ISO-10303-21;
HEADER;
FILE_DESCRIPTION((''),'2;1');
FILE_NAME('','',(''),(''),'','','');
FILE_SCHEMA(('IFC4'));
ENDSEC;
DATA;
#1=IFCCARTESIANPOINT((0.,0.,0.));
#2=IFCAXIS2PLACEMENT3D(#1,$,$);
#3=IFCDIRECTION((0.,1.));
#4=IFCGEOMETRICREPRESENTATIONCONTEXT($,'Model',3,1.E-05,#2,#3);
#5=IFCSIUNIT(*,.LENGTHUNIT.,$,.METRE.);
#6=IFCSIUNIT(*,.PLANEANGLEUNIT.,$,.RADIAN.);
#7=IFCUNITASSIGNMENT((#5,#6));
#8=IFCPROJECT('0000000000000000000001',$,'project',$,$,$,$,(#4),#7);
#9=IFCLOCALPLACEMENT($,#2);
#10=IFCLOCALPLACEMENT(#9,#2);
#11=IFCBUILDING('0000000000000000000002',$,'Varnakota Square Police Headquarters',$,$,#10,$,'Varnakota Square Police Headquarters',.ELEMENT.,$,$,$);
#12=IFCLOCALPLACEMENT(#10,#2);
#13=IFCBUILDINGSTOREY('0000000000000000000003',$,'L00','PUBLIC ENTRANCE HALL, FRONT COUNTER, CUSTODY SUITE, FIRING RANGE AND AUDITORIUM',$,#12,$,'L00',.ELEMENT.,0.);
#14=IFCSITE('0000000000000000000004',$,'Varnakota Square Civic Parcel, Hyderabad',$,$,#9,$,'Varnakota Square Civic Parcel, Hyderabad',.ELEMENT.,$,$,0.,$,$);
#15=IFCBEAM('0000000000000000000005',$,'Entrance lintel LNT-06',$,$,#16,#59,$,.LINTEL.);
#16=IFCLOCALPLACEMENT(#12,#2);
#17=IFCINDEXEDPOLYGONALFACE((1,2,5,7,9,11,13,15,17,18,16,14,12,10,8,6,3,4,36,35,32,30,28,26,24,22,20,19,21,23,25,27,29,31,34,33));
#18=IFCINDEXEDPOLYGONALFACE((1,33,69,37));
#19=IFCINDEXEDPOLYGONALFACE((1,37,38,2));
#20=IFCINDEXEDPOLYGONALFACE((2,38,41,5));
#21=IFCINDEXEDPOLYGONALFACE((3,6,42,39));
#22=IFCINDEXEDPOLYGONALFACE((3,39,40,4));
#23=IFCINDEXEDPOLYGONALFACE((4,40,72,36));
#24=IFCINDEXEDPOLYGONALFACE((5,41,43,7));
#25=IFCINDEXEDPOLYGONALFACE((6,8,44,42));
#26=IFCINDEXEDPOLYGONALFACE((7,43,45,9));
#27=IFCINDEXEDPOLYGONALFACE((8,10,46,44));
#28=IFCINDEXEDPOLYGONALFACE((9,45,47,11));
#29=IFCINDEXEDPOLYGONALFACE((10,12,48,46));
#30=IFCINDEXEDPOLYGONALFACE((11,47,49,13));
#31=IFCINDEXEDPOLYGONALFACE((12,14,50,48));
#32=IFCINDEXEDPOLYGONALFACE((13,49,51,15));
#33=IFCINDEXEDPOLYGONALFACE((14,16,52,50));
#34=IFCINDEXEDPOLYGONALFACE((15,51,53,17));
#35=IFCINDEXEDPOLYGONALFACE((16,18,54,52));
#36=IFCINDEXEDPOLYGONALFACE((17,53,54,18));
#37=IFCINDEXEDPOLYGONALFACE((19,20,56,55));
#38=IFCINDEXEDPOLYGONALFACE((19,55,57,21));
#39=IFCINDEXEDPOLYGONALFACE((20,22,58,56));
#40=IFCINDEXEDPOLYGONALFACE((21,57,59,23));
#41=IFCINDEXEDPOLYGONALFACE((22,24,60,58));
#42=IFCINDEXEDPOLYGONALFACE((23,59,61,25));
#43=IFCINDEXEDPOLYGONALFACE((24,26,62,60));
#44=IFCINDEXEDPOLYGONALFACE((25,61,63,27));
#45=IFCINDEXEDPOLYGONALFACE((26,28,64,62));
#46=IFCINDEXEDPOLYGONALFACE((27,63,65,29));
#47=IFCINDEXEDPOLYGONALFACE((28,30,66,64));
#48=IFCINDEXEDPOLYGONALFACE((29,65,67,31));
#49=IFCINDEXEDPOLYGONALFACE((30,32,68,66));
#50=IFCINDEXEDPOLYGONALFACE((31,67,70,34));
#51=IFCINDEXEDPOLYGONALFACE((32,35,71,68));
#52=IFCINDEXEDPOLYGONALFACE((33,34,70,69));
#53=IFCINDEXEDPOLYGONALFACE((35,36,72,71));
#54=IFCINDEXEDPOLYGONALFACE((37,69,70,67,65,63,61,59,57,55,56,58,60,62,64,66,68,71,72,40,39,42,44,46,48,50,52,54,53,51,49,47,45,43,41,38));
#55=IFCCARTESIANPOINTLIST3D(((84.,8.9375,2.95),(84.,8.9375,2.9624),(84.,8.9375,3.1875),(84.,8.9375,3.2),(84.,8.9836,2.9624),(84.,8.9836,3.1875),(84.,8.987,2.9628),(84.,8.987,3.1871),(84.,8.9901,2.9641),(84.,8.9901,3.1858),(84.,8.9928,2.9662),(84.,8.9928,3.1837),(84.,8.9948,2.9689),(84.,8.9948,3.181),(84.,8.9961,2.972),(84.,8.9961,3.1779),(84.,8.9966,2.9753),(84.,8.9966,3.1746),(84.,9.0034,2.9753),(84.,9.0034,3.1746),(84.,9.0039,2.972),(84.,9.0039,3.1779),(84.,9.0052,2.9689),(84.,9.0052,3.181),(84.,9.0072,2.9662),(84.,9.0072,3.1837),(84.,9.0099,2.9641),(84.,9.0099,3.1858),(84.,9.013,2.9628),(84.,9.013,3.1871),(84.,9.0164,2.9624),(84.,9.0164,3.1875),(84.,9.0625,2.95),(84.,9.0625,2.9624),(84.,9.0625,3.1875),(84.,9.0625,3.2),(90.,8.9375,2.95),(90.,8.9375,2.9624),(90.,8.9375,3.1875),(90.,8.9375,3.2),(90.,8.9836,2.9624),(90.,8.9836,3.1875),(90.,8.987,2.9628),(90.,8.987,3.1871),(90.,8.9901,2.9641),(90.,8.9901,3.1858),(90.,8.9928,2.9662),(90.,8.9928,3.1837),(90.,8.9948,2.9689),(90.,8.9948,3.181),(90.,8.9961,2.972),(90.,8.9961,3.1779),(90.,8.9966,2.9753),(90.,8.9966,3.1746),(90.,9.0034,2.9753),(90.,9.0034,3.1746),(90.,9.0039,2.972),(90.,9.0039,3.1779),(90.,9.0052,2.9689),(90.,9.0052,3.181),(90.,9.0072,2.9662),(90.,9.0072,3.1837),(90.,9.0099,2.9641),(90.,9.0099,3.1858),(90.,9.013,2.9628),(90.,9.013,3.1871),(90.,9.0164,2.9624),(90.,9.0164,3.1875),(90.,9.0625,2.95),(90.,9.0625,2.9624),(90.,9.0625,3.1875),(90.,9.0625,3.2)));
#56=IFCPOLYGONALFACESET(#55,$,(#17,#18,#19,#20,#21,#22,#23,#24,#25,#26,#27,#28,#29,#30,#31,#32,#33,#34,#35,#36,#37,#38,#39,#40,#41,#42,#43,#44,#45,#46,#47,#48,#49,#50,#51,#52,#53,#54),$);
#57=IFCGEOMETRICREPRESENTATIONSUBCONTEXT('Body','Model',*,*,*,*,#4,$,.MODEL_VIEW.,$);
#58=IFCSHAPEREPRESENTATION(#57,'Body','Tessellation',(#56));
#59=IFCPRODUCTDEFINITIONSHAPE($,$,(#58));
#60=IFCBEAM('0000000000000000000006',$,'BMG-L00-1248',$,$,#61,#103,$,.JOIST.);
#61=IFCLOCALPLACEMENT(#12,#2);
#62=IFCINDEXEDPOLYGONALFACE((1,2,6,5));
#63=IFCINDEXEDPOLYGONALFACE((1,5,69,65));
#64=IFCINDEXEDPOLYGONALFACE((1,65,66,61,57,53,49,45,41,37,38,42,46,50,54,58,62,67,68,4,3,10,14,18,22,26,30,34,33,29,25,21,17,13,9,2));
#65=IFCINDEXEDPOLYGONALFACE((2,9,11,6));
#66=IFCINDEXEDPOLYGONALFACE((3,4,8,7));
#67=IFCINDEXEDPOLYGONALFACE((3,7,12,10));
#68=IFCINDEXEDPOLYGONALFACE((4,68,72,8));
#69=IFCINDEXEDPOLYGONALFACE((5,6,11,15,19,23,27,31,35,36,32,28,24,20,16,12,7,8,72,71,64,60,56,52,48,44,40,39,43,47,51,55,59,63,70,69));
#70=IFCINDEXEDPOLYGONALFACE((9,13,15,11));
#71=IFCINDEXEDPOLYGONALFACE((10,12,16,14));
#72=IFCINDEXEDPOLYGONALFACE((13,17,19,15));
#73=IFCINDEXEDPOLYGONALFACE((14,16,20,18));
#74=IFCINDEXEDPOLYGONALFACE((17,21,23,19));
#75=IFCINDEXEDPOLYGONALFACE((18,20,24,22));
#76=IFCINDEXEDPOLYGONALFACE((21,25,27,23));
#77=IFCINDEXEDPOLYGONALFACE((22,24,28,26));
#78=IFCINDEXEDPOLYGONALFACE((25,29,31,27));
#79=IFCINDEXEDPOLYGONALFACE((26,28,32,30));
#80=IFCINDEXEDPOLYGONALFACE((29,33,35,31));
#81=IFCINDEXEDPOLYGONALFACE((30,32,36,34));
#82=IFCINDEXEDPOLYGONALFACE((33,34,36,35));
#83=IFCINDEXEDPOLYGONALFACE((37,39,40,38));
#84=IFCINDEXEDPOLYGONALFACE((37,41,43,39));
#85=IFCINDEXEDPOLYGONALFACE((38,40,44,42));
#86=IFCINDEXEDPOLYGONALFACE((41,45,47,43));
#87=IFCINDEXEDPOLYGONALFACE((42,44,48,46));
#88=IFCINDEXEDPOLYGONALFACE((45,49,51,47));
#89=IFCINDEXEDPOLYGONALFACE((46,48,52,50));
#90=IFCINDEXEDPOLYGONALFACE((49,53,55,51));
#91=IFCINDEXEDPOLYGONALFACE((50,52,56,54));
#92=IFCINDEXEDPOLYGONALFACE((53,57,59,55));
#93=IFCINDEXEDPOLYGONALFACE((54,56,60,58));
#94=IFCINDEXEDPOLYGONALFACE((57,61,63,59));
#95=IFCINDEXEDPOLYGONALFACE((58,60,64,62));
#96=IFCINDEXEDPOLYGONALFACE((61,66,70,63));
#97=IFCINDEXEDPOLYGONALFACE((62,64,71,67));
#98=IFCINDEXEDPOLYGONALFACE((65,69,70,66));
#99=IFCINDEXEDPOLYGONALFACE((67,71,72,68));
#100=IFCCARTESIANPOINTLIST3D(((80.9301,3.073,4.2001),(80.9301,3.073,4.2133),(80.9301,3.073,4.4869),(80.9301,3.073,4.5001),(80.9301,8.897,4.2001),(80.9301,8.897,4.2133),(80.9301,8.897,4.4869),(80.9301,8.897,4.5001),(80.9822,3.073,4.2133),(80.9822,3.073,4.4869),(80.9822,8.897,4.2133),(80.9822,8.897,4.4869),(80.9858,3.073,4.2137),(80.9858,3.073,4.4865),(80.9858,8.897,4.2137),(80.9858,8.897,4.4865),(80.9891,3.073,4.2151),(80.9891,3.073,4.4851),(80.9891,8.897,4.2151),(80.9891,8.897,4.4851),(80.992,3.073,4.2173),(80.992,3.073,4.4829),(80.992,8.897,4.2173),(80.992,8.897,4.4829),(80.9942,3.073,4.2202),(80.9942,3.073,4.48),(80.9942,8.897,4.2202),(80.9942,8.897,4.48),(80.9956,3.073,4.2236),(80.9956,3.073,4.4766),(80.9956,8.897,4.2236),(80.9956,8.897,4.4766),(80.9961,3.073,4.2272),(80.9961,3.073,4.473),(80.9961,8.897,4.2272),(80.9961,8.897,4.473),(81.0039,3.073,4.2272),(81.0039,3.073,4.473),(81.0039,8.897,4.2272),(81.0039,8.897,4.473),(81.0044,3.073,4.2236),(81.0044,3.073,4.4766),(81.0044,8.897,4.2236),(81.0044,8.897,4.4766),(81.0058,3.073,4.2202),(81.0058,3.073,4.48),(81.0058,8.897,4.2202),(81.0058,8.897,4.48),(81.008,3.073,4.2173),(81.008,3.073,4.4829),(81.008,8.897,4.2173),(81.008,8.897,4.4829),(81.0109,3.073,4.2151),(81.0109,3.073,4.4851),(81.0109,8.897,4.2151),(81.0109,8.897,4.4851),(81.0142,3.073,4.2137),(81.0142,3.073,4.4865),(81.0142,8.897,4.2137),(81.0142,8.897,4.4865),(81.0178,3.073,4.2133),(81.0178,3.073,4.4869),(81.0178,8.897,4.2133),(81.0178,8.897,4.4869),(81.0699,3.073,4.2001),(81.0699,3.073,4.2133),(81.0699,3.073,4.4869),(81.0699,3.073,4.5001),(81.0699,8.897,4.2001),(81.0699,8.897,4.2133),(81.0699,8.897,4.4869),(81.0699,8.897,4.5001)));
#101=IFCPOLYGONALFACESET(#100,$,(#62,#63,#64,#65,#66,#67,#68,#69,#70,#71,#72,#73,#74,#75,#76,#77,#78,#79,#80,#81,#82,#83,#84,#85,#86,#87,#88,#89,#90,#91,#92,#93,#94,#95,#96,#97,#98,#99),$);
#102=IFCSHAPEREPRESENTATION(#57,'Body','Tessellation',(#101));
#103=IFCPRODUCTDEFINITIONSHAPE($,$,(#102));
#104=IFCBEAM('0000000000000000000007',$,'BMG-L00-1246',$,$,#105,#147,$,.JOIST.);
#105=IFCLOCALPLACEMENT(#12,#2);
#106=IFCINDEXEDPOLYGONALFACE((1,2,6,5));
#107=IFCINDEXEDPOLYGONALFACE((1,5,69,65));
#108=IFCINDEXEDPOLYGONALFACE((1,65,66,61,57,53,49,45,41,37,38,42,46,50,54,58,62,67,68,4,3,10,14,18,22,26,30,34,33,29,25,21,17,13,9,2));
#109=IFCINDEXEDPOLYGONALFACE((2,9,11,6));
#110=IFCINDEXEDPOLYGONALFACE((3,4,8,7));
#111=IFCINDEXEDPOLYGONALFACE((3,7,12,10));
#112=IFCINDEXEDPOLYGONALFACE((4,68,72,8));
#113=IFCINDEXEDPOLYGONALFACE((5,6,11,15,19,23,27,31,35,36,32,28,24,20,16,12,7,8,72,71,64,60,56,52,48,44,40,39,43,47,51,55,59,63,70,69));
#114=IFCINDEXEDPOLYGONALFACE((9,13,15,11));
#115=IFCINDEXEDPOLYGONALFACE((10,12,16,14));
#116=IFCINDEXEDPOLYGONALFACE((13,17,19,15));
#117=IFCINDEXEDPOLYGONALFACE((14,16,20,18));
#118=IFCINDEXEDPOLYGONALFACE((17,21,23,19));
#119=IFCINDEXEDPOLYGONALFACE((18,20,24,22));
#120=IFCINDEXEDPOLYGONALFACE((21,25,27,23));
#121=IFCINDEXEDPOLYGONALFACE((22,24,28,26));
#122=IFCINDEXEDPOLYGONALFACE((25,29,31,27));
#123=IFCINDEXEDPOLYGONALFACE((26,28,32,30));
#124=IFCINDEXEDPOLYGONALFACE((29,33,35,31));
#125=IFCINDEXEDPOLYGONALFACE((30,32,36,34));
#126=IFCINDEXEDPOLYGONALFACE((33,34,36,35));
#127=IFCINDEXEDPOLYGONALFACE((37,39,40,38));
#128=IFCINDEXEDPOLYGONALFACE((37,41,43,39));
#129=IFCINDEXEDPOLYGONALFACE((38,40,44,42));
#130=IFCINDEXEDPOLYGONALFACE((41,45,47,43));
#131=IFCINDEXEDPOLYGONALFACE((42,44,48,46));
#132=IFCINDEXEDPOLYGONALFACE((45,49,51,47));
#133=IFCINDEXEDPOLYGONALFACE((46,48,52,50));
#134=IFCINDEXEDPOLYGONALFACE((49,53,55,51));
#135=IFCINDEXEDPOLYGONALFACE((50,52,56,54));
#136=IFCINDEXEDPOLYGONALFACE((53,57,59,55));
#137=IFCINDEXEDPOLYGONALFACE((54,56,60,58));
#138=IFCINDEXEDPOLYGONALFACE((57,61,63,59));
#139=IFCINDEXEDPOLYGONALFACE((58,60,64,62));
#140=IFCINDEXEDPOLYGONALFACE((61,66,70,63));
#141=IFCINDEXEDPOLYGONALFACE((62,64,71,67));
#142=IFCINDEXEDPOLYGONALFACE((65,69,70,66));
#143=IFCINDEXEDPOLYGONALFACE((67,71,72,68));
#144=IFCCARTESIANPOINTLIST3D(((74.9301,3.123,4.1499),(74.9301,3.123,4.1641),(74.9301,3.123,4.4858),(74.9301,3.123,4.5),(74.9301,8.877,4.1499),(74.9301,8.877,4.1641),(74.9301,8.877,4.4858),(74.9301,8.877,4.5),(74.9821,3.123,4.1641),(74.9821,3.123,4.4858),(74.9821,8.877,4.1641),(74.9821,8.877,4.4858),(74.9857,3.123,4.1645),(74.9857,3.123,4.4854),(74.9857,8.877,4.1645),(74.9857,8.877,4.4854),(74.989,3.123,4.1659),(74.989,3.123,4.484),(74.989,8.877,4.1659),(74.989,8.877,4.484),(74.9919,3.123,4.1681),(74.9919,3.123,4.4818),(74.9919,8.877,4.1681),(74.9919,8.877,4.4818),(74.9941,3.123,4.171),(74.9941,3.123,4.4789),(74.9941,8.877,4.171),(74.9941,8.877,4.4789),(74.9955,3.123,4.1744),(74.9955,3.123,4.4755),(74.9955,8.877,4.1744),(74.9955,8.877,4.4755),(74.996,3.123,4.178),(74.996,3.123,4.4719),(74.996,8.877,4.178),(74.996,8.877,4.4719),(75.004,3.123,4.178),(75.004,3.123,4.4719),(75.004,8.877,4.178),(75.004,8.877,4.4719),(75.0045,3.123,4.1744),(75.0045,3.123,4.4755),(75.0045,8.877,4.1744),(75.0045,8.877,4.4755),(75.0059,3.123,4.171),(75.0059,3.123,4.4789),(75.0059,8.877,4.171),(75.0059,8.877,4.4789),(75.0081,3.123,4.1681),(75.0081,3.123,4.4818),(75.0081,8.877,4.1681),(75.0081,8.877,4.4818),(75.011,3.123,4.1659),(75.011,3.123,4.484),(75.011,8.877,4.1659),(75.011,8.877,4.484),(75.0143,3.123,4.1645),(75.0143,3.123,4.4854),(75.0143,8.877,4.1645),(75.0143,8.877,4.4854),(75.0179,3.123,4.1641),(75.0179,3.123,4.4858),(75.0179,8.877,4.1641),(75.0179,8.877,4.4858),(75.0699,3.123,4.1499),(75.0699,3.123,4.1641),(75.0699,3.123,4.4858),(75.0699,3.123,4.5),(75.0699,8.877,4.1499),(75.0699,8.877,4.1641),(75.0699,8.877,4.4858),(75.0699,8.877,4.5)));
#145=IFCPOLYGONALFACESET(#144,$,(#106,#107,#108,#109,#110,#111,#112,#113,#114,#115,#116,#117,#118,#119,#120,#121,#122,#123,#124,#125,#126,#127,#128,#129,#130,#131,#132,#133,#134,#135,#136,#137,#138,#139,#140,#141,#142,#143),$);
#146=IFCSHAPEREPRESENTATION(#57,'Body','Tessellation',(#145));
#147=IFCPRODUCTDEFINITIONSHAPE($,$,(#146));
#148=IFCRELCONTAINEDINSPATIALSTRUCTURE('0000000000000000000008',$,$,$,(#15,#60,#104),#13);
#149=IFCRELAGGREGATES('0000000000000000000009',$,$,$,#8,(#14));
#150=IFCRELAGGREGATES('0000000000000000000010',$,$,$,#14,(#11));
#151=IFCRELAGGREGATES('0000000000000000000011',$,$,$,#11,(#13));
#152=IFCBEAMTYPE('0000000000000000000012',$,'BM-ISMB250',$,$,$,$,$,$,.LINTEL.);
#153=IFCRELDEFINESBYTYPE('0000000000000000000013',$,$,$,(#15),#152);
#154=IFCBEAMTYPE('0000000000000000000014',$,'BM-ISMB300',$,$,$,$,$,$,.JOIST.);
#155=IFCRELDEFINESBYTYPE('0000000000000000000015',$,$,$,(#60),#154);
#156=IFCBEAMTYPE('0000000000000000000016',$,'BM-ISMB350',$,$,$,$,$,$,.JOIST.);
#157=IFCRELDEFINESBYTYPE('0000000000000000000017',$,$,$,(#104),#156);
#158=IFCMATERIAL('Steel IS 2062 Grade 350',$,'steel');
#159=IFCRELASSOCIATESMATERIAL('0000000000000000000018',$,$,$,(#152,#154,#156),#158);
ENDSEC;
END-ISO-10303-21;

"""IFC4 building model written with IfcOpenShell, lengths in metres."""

from ifc_helpers import new_model, si_unit, direction, frame, origin, origin_2d, place, context, subcontext, project, spatial, i_section, extrude, material, material_profile, profile_set, type_object, element, save


model = new_model("IFC4")

# Units and contexts
model_context = context("Model", 3, precision=1e-05, world=origin(), true_north=direction((0.0, 1.0)))
body_context = subcontext(model_context, "Body", "Model", "MODEL_VIEW")
ifc_project = project(units=[si_unit("LENGTHUNIT", "METRE"), si_unit("PLANEANGLEUNIT", "RADIAN")], contexts=[model_context])

# Site, building, storey
site_placement = place(None, origin())
site = spatial("IfcSite", under=ifc_project, at=site_placement, Name="Varnakota Square Civic Parcel, Hyderabad", LongName="Varnakota Square Civic Parcel, Hyderabad", CompositionType="ELEMENT", RefElevation=0.0)
building_placement = place(site_placement, origin())
building = spatial("IfcBuilding", under=site, at=building_placement, Name="Varnakota Square Police Headquarters", LongName="Varnakota Square Police Headquarters", CompositionType="ELEMENT")
storey_placement = place(building_placement, origin())
storey = spatial("IfcBuildingStorey", under=building, at=storey_placement, Name="L00", Description="PUBLIC ENTRANCE HALL, FRONT COUNTER, CUSTODY SUITE, FIRING RANGE AND AUDITORIUM", LongName="L00", CompositionType="ELEMENT", Elevation=0.0)

# Beams
ifc_material_1 = material(Name="Steel IS 2062 Grade 350", Category="steel")
ifc_material_profile_1 = material_profile(ifc_material_1, i_section(OverallWidth=0.125, OverallDepth=0.25, WebThickness=0.0068, FlangeThickness=0.0125, FilletRadius=0.0129, at=origin_2d()), Name="ISMB 250")
ifc_profile_set_1 = profile_set([ifc_material_profile_1], Name="Steel IS 2062 Grade 350")
beam_type_1 = type_object("IfcBeamType", Name="BM-ISMB250", PredefinedType="LINTEL", material=ifc_profile_set_1)
beam_1_placement = place(storey_placement, frame((84.0, 9.0, 3.075), z_axis=(1.0, 0.0, 0.0), x_axis=(0.0, 1.0, 0.0)))
element("IfcBeam", 1, at=beam_1_placement, inside=storey, type_object=beam_type_1, Name="Entrance lintel LNT-06", PredefinedType="LINTEL", context=body_context, shape_type="SweptSolid", body=[
    extrude(i_section(OverallWidth=0.125, OverallDepth=0.25, WebThickness=0.0068, FlangeThickness=0.0125, FilletRadius=0.0129, at=origin_2d()), origin(), (0.0, 0.0, 1.0), 6.0),
])
ifc_material_profile_2 = material_profile(ifc_material_1, i_section(OverallWidth=0.1399, OverallDepth=0.3, WebThickness=0.0078, FlangeThickness=0.0132, FilletRadius=0.0139, at=origin_2d()), Name="ISMB 300")
ifc_profile_set_2 = profile_set([ifc_material_profile_2], Name="Steel IS 2062 Grade 350")
beam_type_2 = type_object("IfcBeamType", Name="BM-ISMB300", PredefinedType="JOIST", material=ifc_profile_set_2)
beam_2_placement = place(storey_placement, frame((81.0, 3.073, 4.3501), z_axis=(0.0, 1.0, 0.0), x_axis=(-1.0, 0.0, 0.0)))
element("IfcBeam", 2, at=beam_2_placement, inside=storey, type_object=beam_type_2, Name="BMG-L00-1248", PredefinedType="JOIST", context=body_context, shape_type="SweptSolid", body=[
    extrude(i_section(OverallWidth=0.1399, OverallDepth=0.3, WebThickness=0.0078, FlangeThickness=0.0132, FilletRadius=0.0139, at=origin_2d()), origin(), (0.0, 0.0, 1.0), 5.824),
])
ifc_material_profile_3 = material_profile(ifc_material_1, i_section(OverallWidth=0.1399, OverallDepth=0.3501, WebThickness=0.0081, FlangeThickness=0.0142, FilletRadius=0.0139, at=origin_2d()), Name="ISMB 350")
ifc_profile_set_3 = profile_set([ifc_material_profile_3], Name="Steel IS 2062 Grade 350")
beam_type_3 = type_object("IfcBeamType", Name="BM-ISMB350", PredefinedType="JOIST", material=ifc_profile_set_3)
beam_3_placement = place(storey_placement, frame((75.0, 3.123, 4.325), z_axis=(0.0, 1.0, 0.0), x_axis=(-1.0, 0.0, 0.0)))
element("IfcBeam", 3, at=beam_3_placement, inside=storey, type_object=beam_type_3, Name="BMG-L00-1246", PredefinedType="JOIST", context=body_context, shape_type="SweptSolid", body=[
    extrude(i_section(OverallWidth=0.1399, OverallDepth=0.3501, WebThickness=0.0081, FlangeThickness=0.0142, FilletRadius=0.0139, at=origin_2d()), origin(), (0.0, 0.0, 1.0), 5.7539),
])

save(model, "model.ifc")
